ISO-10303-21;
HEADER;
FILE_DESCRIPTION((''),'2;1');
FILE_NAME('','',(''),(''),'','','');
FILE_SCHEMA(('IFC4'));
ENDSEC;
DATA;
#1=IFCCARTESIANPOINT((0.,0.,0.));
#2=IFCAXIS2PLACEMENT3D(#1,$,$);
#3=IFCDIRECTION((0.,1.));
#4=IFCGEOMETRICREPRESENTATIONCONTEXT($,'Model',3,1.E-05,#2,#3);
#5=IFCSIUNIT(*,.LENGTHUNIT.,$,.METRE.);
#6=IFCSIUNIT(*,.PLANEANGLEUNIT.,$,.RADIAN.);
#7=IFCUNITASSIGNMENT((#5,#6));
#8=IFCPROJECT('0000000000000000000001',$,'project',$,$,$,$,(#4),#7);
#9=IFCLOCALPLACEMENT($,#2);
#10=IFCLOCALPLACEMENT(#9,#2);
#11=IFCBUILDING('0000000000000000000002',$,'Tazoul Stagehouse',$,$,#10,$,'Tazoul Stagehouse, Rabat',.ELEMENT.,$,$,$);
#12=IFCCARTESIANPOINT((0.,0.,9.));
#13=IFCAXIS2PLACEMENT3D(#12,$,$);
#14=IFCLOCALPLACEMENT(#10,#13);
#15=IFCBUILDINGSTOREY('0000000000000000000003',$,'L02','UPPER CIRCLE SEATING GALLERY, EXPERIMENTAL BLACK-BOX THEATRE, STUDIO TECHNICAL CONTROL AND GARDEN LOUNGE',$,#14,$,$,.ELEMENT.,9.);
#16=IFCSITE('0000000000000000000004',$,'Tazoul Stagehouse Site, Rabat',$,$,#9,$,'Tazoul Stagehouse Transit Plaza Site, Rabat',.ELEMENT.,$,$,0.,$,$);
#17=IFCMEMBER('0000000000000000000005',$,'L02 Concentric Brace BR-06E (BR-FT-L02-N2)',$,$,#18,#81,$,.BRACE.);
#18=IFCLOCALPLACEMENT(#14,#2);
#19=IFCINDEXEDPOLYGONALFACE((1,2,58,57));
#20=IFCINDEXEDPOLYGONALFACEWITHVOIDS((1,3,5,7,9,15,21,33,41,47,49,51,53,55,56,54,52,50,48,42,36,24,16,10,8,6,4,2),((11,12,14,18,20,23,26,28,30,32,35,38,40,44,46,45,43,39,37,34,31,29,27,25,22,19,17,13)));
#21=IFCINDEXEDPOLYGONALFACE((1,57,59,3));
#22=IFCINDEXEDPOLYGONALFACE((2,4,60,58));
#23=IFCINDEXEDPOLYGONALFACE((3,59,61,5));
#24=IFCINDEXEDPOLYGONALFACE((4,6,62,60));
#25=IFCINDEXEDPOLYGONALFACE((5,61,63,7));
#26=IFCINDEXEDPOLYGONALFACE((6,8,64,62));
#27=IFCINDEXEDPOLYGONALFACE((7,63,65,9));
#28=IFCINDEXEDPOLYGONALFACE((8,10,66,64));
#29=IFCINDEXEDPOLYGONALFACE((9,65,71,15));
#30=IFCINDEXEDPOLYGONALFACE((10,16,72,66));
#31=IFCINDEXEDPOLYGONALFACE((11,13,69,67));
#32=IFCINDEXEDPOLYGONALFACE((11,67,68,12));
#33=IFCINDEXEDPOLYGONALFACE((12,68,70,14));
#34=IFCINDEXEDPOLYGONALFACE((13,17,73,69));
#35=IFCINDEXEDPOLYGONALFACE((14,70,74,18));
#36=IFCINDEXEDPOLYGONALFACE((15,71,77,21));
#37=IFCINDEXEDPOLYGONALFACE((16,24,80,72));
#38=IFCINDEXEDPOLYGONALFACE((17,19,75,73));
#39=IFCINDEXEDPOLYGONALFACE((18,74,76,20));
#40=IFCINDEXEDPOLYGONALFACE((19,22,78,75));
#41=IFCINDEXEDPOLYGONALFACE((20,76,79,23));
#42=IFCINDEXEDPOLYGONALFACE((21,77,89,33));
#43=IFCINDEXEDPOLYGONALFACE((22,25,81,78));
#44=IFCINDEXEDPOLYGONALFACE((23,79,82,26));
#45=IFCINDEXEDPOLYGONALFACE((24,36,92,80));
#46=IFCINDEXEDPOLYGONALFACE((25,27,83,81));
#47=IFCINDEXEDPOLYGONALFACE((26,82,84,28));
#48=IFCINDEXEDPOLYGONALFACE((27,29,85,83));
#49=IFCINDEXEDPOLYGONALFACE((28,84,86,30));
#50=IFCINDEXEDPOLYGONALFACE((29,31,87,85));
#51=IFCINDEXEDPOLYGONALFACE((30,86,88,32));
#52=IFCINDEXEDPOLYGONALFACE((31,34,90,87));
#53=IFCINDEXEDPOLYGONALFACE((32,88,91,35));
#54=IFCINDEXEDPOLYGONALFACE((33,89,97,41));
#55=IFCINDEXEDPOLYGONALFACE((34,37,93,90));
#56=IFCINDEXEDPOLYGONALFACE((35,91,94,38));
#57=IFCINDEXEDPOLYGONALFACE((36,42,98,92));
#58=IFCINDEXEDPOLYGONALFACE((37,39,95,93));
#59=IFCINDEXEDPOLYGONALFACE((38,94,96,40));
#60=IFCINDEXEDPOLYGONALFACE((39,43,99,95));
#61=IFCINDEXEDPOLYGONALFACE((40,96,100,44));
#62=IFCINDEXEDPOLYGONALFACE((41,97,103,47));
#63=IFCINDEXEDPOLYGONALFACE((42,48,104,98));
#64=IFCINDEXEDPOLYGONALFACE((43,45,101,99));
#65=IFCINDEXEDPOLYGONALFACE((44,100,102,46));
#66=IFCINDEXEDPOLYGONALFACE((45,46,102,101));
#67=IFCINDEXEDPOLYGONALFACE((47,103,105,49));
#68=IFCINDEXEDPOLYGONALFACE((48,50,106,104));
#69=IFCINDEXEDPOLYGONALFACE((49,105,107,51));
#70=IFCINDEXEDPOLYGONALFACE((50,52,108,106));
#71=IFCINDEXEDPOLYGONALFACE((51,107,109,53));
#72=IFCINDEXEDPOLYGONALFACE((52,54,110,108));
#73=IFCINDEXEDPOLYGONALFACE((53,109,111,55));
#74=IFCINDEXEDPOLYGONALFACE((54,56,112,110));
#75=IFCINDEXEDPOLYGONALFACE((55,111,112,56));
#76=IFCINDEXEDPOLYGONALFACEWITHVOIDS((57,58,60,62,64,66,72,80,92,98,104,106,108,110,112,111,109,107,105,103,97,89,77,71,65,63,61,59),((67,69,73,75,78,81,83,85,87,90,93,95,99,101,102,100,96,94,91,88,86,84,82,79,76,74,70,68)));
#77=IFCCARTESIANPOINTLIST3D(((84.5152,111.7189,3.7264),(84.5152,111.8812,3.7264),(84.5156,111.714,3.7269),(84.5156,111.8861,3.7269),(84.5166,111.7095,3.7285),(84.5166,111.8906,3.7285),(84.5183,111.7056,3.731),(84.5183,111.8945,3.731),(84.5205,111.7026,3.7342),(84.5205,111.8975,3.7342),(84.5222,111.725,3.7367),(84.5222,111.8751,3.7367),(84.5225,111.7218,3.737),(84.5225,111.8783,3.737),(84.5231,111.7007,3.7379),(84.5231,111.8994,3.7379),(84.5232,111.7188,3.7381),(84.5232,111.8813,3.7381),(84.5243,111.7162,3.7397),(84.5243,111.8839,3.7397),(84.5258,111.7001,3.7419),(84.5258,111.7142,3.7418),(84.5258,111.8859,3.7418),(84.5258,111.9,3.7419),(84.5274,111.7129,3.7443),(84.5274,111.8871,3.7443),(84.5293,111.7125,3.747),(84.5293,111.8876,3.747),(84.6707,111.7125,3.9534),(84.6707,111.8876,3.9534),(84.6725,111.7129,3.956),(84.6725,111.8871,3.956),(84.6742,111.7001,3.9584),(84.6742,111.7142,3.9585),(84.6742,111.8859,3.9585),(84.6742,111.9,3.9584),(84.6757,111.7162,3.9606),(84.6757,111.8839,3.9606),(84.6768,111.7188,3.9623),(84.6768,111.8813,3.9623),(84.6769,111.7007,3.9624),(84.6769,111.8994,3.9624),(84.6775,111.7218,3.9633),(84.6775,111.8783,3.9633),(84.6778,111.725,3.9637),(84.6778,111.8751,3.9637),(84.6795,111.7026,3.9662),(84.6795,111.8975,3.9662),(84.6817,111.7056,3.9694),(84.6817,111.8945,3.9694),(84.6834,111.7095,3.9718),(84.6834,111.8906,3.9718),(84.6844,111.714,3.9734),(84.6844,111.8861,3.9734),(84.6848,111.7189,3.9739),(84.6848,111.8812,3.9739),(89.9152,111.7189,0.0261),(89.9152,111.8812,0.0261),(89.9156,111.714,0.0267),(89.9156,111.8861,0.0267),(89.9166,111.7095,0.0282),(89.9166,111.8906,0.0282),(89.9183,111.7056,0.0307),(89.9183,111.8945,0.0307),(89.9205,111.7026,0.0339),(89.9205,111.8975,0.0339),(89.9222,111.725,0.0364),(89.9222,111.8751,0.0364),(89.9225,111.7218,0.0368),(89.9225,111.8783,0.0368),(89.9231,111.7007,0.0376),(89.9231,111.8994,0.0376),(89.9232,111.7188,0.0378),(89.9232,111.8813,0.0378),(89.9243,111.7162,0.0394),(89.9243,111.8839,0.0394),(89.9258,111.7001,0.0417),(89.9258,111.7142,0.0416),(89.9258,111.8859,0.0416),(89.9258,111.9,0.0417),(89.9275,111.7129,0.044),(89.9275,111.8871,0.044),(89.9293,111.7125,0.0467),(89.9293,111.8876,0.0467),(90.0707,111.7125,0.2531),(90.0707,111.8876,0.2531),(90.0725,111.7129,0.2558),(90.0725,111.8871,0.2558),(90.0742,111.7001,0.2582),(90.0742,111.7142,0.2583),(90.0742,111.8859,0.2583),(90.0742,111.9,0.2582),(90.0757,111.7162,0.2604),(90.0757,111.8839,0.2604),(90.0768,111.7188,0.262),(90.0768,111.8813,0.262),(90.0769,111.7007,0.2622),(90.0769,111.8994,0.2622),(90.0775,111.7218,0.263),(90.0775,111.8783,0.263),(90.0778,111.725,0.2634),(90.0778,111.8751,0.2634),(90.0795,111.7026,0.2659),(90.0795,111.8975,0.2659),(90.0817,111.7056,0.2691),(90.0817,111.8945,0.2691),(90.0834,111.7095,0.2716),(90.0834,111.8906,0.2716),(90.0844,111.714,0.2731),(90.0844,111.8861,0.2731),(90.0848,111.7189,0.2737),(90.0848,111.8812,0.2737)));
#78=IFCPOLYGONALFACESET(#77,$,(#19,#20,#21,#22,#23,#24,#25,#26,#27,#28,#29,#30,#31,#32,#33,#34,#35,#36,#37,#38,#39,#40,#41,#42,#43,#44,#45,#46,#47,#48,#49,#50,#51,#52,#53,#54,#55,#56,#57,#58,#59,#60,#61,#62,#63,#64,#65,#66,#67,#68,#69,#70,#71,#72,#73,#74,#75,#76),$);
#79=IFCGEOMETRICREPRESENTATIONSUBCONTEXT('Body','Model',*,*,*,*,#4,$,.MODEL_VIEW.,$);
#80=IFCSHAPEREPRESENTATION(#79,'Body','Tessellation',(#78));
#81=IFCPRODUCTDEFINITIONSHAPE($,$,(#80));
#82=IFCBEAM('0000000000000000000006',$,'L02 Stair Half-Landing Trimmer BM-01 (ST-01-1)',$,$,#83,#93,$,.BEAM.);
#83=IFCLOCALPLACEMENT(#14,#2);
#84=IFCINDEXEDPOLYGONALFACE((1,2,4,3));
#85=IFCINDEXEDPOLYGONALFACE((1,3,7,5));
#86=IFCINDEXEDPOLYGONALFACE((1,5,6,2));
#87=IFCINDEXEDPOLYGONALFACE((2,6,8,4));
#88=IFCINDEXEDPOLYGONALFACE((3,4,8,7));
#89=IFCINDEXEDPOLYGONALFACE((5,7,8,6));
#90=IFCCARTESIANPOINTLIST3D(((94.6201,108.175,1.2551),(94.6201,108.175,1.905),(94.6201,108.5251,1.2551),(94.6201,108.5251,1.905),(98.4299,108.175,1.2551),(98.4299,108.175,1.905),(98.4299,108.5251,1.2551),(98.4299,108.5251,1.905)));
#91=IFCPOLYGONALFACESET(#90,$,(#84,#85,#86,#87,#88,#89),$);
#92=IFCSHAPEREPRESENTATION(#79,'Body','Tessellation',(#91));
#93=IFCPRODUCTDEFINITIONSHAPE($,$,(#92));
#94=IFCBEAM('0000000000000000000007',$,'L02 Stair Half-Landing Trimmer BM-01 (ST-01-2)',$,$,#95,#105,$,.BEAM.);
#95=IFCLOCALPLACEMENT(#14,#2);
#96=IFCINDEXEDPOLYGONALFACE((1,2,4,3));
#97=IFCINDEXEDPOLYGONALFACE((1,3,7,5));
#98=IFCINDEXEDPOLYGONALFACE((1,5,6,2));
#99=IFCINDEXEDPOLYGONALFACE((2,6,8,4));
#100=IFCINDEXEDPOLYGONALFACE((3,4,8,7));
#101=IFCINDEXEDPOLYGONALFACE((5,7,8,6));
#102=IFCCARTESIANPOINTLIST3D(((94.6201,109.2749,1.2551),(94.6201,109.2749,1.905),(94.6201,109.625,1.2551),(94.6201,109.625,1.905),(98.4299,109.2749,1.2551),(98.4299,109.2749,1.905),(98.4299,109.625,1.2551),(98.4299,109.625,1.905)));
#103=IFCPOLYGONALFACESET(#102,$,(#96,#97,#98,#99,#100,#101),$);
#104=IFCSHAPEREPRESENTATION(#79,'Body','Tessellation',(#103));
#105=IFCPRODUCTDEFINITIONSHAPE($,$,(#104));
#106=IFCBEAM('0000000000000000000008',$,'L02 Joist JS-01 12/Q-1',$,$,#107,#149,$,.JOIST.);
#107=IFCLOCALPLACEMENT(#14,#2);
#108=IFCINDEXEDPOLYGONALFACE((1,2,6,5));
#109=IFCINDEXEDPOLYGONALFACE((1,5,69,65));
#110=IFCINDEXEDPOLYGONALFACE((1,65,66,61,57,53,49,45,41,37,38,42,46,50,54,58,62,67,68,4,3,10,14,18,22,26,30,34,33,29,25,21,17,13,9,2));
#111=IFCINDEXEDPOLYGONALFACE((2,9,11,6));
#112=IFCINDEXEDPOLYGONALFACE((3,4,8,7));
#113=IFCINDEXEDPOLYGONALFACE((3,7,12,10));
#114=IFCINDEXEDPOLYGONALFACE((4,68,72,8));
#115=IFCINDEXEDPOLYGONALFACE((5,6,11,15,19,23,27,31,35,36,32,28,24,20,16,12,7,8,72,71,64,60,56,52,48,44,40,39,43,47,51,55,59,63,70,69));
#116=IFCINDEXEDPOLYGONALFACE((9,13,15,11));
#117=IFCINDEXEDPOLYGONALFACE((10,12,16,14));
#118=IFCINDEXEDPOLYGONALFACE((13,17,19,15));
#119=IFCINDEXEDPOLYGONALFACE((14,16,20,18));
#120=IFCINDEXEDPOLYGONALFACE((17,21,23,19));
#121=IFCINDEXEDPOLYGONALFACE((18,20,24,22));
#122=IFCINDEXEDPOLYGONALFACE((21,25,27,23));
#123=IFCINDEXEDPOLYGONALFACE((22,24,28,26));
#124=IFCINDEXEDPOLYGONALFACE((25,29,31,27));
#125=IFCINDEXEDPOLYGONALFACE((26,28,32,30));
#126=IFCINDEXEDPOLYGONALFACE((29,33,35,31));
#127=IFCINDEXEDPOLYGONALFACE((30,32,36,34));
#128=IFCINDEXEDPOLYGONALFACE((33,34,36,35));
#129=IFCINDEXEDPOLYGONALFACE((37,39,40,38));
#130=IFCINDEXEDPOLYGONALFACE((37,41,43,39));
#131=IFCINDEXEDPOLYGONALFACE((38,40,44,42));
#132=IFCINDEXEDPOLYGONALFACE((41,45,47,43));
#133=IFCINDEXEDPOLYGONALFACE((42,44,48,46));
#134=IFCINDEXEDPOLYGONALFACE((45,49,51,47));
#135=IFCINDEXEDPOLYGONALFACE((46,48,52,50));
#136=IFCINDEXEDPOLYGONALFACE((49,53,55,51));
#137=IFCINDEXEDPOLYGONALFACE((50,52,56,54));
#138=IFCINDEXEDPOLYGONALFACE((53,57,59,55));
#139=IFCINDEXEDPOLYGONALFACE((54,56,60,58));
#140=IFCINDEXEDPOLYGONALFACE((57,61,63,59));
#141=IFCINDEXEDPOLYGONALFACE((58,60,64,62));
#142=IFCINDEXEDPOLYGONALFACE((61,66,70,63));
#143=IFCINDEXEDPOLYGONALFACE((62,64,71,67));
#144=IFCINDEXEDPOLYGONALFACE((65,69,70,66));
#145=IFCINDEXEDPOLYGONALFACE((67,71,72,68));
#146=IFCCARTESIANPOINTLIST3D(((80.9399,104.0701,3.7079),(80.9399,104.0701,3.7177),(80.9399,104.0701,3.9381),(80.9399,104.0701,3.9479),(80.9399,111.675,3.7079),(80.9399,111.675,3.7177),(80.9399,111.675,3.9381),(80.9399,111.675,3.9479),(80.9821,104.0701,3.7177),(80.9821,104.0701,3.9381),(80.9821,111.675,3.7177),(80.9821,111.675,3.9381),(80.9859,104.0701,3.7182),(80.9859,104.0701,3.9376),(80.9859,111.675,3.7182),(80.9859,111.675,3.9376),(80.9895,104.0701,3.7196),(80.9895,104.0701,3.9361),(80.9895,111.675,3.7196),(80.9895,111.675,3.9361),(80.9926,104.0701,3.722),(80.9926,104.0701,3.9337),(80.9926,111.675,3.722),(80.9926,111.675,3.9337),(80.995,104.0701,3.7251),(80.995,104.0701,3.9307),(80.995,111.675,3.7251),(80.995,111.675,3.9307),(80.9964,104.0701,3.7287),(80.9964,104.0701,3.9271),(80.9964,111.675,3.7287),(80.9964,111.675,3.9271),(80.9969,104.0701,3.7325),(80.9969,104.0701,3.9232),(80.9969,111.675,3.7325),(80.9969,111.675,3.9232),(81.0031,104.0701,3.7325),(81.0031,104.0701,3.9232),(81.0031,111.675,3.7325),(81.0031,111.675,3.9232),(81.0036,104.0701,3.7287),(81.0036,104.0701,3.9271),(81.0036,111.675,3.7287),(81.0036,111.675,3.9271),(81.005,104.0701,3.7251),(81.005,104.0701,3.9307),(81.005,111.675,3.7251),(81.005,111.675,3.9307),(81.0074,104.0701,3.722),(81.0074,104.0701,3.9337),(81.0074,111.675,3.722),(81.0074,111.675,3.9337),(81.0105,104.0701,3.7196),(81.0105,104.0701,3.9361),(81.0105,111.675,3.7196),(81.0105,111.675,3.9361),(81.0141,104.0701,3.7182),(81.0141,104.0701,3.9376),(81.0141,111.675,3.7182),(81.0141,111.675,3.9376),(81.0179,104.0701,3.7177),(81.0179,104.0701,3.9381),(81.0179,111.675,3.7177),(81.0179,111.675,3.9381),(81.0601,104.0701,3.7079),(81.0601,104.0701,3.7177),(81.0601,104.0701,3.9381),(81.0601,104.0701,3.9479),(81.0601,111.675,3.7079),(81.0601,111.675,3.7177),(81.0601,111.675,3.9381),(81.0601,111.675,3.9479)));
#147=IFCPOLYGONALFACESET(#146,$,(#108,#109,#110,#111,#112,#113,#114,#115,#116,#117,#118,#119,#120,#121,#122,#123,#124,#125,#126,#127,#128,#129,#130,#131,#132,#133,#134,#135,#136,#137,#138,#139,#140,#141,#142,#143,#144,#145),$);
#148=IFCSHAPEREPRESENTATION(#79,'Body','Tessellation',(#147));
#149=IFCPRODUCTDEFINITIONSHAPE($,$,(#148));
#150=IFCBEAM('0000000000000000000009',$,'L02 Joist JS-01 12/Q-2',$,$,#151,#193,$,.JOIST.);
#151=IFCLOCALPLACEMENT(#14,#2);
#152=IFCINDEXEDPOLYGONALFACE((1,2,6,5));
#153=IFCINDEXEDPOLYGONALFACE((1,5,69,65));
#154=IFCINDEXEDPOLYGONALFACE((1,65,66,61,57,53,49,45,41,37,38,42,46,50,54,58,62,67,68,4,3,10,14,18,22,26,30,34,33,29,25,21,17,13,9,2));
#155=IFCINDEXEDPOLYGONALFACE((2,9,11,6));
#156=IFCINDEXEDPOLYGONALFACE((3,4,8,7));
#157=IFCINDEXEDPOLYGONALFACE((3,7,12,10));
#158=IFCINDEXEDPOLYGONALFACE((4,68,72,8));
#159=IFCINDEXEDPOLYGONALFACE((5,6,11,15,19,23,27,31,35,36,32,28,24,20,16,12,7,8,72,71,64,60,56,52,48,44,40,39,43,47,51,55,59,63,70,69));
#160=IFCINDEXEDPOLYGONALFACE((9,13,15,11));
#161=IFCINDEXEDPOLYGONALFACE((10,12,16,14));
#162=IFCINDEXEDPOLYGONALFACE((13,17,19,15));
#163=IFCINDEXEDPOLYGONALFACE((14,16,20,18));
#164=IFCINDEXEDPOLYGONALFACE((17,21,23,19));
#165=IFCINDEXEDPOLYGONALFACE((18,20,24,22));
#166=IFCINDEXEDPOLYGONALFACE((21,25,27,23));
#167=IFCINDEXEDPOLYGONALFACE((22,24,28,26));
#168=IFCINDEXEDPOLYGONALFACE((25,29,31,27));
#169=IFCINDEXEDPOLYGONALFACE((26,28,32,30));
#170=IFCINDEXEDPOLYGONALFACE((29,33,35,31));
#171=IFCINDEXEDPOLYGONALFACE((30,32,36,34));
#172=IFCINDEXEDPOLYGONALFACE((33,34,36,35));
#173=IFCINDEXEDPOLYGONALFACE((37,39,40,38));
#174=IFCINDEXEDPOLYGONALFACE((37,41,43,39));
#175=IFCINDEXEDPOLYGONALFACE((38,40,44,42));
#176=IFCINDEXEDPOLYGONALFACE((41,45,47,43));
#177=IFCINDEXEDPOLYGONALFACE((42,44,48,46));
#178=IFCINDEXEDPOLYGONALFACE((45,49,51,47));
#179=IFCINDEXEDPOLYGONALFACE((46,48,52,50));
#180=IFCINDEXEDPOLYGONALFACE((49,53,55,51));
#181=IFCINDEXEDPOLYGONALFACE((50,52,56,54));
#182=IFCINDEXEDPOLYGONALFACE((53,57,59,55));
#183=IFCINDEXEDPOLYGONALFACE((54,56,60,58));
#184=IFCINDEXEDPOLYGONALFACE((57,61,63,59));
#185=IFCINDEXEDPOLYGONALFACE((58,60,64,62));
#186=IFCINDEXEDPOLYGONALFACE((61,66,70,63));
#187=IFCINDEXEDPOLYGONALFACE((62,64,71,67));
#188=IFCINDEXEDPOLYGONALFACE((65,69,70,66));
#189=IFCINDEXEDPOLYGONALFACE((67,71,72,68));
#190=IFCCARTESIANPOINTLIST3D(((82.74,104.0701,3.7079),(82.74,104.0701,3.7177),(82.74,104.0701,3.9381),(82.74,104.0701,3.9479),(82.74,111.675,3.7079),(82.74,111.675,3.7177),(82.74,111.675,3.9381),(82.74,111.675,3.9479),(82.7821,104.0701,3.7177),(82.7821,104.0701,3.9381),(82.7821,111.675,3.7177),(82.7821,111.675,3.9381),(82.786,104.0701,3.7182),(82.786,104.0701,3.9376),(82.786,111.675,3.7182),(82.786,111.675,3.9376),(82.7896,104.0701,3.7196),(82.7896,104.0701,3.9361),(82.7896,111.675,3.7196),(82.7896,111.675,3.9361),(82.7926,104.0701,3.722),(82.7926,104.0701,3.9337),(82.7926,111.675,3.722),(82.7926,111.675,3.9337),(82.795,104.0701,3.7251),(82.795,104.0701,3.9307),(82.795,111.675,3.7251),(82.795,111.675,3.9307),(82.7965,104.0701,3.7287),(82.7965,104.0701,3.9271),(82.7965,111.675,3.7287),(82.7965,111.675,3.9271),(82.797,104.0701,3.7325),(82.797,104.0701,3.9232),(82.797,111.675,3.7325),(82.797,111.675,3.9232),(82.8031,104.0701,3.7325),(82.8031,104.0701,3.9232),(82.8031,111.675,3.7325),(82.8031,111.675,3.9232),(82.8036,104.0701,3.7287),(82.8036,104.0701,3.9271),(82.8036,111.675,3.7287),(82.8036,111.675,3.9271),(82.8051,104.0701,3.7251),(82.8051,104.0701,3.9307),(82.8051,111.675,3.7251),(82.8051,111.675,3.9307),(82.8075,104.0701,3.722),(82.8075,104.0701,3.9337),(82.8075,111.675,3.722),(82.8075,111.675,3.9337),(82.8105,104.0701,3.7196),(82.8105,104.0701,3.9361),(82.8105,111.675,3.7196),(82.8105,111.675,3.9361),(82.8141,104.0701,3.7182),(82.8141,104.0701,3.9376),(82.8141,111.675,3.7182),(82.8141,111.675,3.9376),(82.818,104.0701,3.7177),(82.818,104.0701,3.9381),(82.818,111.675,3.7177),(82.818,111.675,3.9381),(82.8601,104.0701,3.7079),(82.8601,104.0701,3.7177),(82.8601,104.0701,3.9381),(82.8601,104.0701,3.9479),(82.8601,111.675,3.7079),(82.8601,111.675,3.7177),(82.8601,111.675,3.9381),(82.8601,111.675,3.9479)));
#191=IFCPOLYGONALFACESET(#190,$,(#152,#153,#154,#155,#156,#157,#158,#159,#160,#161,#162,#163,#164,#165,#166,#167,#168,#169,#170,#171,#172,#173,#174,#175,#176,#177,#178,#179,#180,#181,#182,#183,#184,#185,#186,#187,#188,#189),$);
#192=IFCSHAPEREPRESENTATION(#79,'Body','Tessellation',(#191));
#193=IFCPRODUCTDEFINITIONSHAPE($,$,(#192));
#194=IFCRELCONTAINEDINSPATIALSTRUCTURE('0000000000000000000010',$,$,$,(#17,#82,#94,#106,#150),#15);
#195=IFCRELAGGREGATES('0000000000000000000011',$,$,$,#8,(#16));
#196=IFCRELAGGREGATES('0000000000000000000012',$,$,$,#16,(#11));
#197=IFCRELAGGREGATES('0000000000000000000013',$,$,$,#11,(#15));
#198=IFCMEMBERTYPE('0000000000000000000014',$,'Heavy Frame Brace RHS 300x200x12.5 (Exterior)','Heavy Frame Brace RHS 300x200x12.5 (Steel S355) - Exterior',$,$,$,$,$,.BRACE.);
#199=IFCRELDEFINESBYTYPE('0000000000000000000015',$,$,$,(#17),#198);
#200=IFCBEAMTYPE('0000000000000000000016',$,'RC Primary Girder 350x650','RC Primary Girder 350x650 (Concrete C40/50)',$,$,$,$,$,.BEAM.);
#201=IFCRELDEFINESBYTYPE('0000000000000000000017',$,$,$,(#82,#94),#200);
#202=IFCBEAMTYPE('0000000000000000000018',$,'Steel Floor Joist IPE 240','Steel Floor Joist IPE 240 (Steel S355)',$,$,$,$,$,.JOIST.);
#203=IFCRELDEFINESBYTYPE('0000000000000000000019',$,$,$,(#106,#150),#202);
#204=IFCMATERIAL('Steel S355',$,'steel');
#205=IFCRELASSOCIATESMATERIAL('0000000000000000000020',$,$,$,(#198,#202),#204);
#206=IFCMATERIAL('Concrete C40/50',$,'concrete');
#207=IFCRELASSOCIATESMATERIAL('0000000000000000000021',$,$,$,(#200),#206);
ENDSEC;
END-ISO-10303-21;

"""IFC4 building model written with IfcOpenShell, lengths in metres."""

from ifc_helpers import new_model, si_unit, direction, frame, origin, origin_2d, place, context, subcontext, project, spatial, rectangle, hollow_rectangle, i_section, extrude, material, material_profile, profile_set, type_object, element, save


model = new_model("IFC4")

# Units and contexts
model_context = context("Model", 3, precision=1e-05, world=origin(), true_north=direction((0.0, 1.0)))
body_context = subcontext(model_context, "Body", "Model", "MODEL_VIEW")
ifc_project = project(units=[si_unit("LENGTHUNIT", "METRE"), si_unit("PLANEANGLEUNIT", "RADIAN")], contexts=[model_context])

# Site, building, storey
site_placement = place(None, origin())
site = spatial("IfcSite", under=ifc_project, at=site_placement, Name="Tazoul Stagehouse Site, Rabat", LongName="Tazoul Stagehouse Transit Plaza Site, Rabat", CompositionType="ELEMENT", RefElevation=0.0)
building_placement = place(site_placement, origin())
building = spatial("IfcBuilding", under=site, at=building_placement, Name="Tazoul Stagehouse", LongName="Tazoul Stagehouse, Rabat", CompositionType="ELEMENT")
storey_placement = place(building_placement, frame((0.0, 0.0, 9.0)))
storey = spatial("IfcBuildingStorey", under=building, at=storey_placement, Name="L02", Description="UPPER CIRCLE SEATING GALLERY, EXPERIMENTAL BLACK-BOX THEATRE, STUDIO TECHNICAL CONTROL AND GARDEN LOUNGE", CompositionType="ELEMENT", Elevation=9.0)

# Shared definitions
ifc_material_1 = material(Name="Steel S355", Category="steel")

# Member
ifc_material_profile_1 = material_profile(ifc_material_1, hollow_rectangle(XDim=0.2, YDim=0.3, WallThickness=0.0125, InnerFilletRadius=0.0125, OuterFilletRadius=0.0188, at=origin_2d()), Name="RHS 300x200x12.5")
ifc_profile_set_1 = profile_set([ifc_material_profile_1], Name="Steel S355")
member_type = type_object("IfcMemberType", Name="Heavy Frame Brace RHS 300x200x12.5 (Exterior)", Description="Heavy Frame Brace RHS 300x200x12.5 (Steel S355) - Exterior", PredefinedType="BRACE", material=ifc_profile_set_1)
member_placement = place(storey_placement, frame((90.0, 111.8, 0.1499), z_axis=(-0.824914, 0.0, 0.565259), x_axis=(0.0, -1.0, 0.0)))
element("IfcMember", 1, at=member_placement, inside=storey, type_object=member_type, Name="L02 Concentric Brace BR-06E (BR-FT-L02-N2)", PredefinedType="BRACE", context=body_context, shape_type="SweptSolid", body=[
    extrude(hollow_rectangle(XDim=0.2, YDim=0.3, WallThickness=0.0125, InnerFilletRadius=0.0125, OuterFilletRadius=0.0188, at=origin_2d()), origin(), (0.0, 0.0, 1.0), 6.5461),
])

# Beams
ifc_material_2 = material(Name="Concrete C40/50", Category="concrete")
ifc_material_profile_2 = material_profile(ifc_material_2, rectangle(XDim=0.3501, YDim=0.6499, at=origin_2d()), Name="RC 350x650")
ifc_profile_set_2 = profile_set([ifc_material_profile_2], Name="Concrete C40/50")
beam_type_1 = type_object("IfcBeamType", Name="RC Primary Girder 350x650", Description="RC Primary Girder 350x650 (Concrete C40/50)", PredefinedType="BEAM", material=ifc_profile_set_2)
for number, where, z_axis, x_axis, name in (
    (2, (94.6201, 108.3501, 1.5801), (1.0, 0.0, 0.0), (0.0, 1.0, 0.0), "L02 Stair Half-Landing Trimmer BM-01 (ST-01-1)"),
    (3, (94.6201, 109.45, 1.5801), (1.0, 0.0, 0.0), (0.0, 1.0, 0.0), "L02 Stair Half-Landing Trimmer BM-01 (ST-01-2)"),
):
    element("IfcBeam", number, at=place(storey_placement, frame(where, z_axis=z_axis, x_axis=x_axis)), inside=storey, type_object=beam_type_1, Name=name, PredefinedType="BEAM", context=body_context, shape_type="SweptSolid", body=[
        extrude(rectangle(XDim=0.3501, YDim=0.6499, at=origin_2d()), origin(), (0.0, 0.0, 1.0), 3.8098),
    ])
ifc_material_profile_3 = material_profile(ifc_material_1, i_section(OverallWidth=0.1201, OverallDepth=0.24, WebThickness=0.0061, FlangeThickness=0.0098, FilletRadius=0.0149, at=origin_2d()), Name="IPE 240")
ifc_profile_set_3 = profile_set([ifc_material_profile_3], Name="Steel S355")
beam_type_2 = type_object("IfcBeamType", Name="Steel Floor Joist IPE 240", Description="Steel Floor Joist IPE 240 (Steel S355)", PredefinedType="JOIST", material=ifc_profile_set_3)
for number, where, z_axis, x_axis, name in (
    (4, (81.0, 104.0701, 3.8279), (0.0, 1.0, 0.0), (-1.0, 0.0, 0.0), "L02 Joist JS-01 12/Q-1"),
    (5, (82.8, 104.0701, 3.8279), (0.0, 1.0, 0.0), (-1.0, 0.0, 0.0), "L02 Joist JS-01 12/Q-2"),
):
    element("IfcBeam", number, at=place(storey_placement, frame(where, z_axis=z_axis, x_axis=x_axis)), inside=storey, type_object=beam_type_2, Name=name, PredefinedType="JOIST", context=body_context, shape_type="SweptSolid", body=[
        extrude(i_section(OverallWidth=0.1201, OverallDepth=0.24, WebThickness=0.0061, FlangeThickness=0.0098, FilletRadius=0.0149, at=origin_2d()), origin(), (0.0, 0.0, 1.0), 7.605),
    ])

save(model, "model.ifc")
